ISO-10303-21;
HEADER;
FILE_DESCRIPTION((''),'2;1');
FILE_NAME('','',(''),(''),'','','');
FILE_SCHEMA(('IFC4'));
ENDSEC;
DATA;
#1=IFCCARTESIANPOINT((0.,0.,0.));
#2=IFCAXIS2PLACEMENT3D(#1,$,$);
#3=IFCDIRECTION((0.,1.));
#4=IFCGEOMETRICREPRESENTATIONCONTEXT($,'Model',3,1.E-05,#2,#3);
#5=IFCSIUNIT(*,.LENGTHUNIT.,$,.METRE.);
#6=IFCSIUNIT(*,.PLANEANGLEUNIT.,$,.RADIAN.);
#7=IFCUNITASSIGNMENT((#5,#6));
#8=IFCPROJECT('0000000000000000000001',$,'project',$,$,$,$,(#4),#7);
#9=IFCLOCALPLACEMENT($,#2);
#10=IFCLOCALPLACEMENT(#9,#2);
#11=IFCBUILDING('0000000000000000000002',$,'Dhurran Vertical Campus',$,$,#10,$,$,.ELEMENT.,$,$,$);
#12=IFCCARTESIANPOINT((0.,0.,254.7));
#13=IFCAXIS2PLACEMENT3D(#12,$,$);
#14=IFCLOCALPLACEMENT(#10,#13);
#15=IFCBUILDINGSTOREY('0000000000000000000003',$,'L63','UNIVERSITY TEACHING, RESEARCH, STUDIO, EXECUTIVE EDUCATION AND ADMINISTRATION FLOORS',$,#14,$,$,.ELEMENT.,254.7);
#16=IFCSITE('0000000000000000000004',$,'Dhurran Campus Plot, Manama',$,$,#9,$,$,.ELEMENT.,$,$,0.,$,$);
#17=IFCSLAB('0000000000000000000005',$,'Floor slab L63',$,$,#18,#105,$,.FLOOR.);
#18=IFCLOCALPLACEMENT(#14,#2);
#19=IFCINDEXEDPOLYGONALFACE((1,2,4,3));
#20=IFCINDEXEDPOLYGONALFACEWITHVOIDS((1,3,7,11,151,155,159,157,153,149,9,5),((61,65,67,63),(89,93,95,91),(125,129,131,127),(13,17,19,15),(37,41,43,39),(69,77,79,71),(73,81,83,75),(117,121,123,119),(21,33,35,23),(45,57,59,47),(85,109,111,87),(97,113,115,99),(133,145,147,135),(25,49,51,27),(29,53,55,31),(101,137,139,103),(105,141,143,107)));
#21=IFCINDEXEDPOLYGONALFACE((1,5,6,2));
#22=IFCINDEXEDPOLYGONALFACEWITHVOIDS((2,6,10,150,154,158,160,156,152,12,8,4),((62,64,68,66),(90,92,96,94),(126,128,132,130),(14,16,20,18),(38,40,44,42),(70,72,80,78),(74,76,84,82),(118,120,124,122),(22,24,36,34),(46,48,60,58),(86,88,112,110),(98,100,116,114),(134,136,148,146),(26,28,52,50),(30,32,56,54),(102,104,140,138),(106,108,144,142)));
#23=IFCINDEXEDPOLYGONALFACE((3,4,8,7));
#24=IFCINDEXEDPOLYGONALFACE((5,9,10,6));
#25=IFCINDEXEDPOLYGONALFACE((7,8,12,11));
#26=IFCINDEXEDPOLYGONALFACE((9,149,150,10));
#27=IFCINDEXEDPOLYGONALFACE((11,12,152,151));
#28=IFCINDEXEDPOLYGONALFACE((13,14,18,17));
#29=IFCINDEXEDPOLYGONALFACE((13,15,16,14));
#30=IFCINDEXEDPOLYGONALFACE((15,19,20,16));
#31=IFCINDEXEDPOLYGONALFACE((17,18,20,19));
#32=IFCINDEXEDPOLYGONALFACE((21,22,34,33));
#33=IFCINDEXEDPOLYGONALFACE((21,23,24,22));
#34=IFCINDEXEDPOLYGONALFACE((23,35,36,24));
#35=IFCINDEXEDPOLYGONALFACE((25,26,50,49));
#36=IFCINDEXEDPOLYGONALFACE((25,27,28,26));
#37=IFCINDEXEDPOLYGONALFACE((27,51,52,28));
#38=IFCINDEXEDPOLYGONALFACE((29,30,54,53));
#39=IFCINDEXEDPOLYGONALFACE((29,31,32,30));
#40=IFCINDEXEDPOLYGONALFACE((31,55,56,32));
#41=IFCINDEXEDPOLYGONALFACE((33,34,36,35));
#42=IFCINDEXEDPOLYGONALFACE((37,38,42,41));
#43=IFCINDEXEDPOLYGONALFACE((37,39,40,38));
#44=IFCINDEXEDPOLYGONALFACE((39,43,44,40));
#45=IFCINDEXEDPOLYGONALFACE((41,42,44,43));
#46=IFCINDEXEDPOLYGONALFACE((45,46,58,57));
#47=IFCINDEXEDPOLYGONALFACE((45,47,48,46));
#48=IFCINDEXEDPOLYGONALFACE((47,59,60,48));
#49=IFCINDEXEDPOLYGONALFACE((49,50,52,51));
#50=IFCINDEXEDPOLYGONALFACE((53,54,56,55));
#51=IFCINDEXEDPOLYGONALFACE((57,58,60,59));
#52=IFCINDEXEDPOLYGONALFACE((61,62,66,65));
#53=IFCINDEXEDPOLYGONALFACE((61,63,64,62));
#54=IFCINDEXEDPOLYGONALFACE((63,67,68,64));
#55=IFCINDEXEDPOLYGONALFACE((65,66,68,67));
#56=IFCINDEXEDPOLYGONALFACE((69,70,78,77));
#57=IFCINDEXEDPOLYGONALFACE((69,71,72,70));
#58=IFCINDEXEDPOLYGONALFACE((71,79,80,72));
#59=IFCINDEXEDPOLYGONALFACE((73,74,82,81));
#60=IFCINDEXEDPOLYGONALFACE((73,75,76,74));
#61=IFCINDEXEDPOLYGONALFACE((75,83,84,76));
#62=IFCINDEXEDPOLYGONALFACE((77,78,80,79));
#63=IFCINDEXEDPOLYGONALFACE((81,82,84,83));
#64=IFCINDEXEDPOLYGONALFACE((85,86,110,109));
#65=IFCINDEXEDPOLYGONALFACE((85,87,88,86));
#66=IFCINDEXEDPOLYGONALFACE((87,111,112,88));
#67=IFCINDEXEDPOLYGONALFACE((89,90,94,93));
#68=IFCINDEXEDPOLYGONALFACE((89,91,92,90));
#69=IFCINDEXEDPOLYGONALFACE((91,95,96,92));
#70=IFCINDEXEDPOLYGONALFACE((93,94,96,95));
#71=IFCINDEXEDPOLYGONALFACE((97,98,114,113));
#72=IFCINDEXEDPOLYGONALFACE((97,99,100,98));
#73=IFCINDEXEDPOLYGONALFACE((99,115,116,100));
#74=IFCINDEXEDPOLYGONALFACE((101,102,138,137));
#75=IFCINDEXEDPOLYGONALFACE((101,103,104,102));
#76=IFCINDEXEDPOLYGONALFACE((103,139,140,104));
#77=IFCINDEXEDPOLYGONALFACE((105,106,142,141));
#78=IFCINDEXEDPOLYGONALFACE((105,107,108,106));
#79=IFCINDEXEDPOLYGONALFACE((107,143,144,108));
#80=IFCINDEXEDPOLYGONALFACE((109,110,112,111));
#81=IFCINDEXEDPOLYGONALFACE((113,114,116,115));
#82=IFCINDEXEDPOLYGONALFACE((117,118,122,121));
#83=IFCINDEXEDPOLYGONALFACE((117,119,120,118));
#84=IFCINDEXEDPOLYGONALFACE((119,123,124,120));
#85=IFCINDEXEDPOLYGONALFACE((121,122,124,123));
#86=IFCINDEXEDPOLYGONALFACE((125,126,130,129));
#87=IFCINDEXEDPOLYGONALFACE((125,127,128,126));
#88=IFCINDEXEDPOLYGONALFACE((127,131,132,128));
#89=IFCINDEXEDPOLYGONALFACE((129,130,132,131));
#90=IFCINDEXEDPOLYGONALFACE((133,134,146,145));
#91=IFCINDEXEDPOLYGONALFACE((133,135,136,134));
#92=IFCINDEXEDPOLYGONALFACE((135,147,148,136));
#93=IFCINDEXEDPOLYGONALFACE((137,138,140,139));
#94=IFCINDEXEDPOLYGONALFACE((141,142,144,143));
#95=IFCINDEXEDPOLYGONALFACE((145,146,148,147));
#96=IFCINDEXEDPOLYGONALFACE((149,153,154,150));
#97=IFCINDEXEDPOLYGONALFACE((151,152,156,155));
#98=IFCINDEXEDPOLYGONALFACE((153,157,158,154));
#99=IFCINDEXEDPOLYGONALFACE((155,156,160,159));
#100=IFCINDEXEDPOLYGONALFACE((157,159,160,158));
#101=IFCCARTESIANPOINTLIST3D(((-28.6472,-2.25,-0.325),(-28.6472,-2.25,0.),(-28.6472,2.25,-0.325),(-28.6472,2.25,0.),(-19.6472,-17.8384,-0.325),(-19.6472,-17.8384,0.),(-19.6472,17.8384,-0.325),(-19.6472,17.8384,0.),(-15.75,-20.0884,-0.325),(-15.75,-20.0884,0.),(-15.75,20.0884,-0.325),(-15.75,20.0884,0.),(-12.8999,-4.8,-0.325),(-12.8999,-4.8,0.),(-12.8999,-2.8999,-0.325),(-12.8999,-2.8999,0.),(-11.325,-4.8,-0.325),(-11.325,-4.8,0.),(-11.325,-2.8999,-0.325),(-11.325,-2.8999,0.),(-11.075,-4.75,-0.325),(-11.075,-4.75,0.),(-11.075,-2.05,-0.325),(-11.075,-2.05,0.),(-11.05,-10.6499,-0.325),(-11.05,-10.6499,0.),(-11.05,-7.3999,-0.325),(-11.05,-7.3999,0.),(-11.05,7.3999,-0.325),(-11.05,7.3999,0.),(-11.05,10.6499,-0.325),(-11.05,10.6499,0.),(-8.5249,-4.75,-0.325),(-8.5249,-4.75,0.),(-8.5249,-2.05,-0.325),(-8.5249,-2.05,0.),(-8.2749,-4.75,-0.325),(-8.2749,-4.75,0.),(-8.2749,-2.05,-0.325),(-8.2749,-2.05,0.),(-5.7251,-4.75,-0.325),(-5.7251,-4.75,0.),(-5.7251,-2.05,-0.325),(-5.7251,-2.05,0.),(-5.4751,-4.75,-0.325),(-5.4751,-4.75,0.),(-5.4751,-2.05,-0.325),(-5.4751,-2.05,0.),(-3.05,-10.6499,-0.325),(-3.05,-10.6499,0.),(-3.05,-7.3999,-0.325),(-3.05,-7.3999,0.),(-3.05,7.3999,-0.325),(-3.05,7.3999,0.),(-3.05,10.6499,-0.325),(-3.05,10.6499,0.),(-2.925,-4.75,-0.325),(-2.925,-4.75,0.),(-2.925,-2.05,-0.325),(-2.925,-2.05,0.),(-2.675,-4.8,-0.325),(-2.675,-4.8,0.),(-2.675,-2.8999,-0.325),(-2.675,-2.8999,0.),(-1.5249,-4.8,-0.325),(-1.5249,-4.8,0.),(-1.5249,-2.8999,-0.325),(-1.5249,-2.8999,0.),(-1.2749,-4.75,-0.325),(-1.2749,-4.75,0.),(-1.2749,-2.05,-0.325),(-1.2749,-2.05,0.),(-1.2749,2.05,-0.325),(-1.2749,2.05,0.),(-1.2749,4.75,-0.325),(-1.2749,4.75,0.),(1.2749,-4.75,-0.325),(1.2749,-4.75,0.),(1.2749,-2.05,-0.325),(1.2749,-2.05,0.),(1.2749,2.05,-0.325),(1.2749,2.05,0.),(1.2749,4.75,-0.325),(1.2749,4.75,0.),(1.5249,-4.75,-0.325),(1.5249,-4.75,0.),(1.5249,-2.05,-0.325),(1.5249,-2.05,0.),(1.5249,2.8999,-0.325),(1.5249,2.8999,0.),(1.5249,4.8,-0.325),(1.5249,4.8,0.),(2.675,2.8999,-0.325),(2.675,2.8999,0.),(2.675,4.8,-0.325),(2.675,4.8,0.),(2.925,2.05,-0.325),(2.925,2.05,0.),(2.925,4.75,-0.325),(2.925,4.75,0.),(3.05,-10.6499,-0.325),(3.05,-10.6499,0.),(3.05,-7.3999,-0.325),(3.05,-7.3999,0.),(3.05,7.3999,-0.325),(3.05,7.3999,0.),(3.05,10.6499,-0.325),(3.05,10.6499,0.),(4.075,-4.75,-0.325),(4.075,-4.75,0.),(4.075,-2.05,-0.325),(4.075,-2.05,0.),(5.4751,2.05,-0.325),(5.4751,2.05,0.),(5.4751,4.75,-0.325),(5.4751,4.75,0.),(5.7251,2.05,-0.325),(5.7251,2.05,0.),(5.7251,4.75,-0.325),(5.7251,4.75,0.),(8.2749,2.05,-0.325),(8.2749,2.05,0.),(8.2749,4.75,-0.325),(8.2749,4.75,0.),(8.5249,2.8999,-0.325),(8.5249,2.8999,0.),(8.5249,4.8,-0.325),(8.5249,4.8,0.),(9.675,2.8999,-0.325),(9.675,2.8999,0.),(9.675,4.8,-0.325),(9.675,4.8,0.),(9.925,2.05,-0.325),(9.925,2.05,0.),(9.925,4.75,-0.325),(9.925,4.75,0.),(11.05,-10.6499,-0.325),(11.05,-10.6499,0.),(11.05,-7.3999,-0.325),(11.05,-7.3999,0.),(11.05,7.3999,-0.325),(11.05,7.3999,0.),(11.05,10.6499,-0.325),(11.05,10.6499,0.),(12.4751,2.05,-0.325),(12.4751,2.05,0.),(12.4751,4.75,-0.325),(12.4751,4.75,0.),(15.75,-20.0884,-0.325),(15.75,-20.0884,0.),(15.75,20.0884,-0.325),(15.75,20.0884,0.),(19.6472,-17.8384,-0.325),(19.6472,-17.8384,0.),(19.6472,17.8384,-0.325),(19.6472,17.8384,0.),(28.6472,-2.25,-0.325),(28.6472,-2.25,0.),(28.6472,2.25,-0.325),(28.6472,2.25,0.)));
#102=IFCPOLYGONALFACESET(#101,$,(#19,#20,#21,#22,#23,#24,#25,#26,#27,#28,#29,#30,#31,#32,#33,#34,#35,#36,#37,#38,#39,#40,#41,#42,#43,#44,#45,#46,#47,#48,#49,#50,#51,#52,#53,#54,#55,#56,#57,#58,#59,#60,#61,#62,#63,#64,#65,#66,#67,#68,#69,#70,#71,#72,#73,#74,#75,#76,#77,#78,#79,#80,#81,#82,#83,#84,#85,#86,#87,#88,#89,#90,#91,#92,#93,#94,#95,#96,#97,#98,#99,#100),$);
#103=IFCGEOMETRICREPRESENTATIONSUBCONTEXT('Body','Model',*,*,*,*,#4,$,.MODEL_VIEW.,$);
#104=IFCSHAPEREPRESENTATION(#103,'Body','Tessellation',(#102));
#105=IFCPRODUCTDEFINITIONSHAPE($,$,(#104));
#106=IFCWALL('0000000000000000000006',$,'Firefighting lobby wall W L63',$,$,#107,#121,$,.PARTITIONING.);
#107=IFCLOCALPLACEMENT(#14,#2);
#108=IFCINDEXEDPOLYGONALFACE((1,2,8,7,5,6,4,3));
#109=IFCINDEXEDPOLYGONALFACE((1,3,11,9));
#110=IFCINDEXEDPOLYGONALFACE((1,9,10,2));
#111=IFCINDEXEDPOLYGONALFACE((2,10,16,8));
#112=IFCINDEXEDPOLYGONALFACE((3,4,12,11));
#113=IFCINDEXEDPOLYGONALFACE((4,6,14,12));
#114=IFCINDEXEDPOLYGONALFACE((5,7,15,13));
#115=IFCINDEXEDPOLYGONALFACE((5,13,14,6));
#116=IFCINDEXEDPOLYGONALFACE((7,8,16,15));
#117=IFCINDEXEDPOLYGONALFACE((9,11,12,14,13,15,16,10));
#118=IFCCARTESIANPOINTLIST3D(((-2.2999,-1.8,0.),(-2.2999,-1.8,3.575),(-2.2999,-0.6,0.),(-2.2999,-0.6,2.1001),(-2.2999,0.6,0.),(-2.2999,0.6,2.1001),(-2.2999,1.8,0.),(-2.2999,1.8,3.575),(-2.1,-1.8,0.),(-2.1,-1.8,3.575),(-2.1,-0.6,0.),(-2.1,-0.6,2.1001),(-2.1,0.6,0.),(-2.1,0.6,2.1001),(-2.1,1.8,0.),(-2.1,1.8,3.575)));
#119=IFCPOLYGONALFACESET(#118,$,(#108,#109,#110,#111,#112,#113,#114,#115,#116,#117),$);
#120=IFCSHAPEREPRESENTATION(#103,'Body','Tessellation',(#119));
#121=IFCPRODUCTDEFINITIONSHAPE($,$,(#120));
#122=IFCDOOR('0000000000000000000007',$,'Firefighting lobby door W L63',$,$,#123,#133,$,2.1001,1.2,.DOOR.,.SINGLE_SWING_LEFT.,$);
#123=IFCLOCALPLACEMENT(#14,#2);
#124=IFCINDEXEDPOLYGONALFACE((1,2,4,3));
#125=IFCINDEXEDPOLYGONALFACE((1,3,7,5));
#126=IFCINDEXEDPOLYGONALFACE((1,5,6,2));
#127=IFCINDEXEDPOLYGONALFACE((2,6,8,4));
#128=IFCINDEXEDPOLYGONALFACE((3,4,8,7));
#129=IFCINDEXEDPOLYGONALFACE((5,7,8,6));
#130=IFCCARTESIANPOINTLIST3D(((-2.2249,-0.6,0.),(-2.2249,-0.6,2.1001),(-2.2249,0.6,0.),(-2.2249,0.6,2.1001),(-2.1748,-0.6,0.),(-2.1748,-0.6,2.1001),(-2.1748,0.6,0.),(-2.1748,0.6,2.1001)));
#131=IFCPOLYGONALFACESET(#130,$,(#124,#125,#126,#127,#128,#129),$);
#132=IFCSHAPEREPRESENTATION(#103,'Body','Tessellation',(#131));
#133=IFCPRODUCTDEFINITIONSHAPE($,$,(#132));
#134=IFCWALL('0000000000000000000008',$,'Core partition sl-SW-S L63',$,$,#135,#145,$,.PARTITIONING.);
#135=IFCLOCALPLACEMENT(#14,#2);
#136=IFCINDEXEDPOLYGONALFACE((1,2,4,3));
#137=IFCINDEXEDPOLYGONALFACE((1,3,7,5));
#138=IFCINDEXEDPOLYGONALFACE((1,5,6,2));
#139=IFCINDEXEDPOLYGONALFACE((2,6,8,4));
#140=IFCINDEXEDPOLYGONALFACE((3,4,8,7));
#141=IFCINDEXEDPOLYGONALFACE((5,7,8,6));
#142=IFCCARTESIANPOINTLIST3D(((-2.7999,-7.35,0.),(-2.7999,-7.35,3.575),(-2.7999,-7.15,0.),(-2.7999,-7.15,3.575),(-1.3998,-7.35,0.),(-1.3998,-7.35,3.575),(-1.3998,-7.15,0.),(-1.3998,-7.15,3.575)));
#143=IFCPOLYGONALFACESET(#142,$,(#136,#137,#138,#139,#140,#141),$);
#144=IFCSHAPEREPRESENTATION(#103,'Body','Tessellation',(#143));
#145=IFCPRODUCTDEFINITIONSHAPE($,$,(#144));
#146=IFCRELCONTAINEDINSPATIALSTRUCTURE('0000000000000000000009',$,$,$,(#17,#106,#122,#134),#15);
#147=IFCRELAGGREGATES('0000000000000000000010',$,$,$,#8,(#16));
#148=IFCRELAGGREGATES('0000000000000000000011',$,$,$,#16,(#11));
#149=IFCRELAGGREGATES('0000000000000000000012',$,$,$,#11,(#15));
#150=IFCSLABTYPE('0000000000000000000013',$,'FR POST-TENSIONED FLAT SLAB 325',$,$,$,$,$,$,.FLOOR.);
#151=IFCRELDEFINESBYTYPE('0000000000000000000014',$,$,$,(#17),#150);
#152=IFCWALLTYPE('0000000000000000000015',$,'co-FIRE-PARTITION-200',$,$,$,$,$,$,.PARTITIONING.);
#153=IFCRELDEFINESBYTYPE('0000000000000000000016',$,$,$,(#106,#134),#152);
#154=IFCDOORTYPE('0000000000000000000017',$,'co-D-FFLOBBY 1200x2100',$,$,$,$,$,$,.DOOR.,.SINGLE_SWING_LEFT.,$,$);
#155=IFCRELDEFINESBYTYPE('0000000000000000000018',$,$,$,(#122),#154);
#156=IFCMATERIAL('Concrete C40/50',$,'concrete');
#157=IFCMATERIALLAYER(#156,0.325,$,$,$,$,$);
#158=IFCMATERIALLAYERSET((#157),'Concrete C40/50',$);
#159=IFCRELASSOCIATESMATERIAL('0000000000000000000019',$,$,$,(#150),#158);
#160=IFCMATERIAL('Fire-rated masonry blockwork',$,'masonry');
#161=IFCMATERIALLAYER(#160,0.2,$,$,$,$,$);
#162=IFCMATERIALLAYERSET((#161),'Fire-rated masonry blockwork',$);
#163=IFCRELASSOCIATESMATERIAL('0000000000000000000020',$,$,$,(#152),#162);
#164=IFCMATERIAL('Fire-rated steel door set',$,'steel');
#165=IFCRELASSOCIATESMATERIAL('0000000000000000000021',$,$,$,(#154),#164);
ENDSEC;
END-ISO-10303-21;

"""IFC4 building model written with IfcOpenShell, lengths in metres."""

from ifc_helpers import new_model, si_unit, direction, frame, frame_2d, origin, place, context, subcontext, project, spatial, polyline, rectangle, outline, extrude, material, layer, layer_set, type_object, element, fill, save


model = new_model("IFC4")

# Units and contexts
model_context = context("Model", 3, precision=1e-05, world=origin(), true_north=direction((0.0, 1.0)))
body_context = subcontext(model_context, "Body", "Model", "MODEL_VIEW")
ifc_project = project(units=[si_unit("LENGTHUNIT", "METRE"), si_unit("PLANEANGLEUNIT", "RADIAN")], contexts=[model_context])

# Site, building, storey
site_placement = place(None, origin())
site = spatial("IfcSite", under=ifc_project, at=site_placement, Name="Dhurran Campus Plot, Manama", CompositionType="ELEMENT", RefElevation=0.0)
building_placement = place(site_placement, origin())
building = spatial("IfcBuilding", under=site, at=building_placement, Name="Dhurran Vertical Campus", CompositionType="ELEMENT")
storey_placement = place(building_placement, frame((0.0, 0.0, 254.7)))
storey = spatial("IfcBuildingStorey", under=building, at=storey_placement, Name="L63", Description="UNIVERSITY TEACHING, RESEARCH, STUDIO, EXECUTIVE EDUCATION AND ADMINISTRATION FLOORS", CompositionType="ELEMENT", Elevation=254.7)

# Slab
ifc_material_1 = material(Name="Concrete C40/50", Category="concrete")
ifc_layer_1 = layer(ifc_material_1, 0.325)
ifc_layer_set_1 = layer_set([ifc_layer_1], Name="Concrete C40/50")
slab_type = type_object("IfcSlabType", Name="FR POST-TENSIONED FLAT SLAB 325", PredefinedType="FLOOR", material=ifc_layer_set_1)
slab_placement = place(storey_placement, frame((0.0, 0.0, -0.325)))
element("IfcSlab", 1, at=slab_placement, inside=storey, type_object=slab_type, Name="Floor slab L63", PredefinedType="FLOOR", context=body_context, shape_type="SweptSolid", body=[
    extrude(outline(polyline([(-15.75, -20.0884), (15.75, -20.0884), (19.6472, -17.8384), (28.6472, -2.25), (28.6472, 2.25), (19.6472, 17.8384), (15.75, 20.0884), (-15.75, 20.0884), (-19.6472, 17.8384), (-28.6472, 2.25), (-28.6472, -2.25), (-19.6472, -17.8384), (-15.75, -20.0884)]), holes=[polyline([(-1.2749, 2.05), (1.2749, 2.05), (1.2749, 4.75), (-1.2749, 4.75), (-1.2749, 2.05)]), polyline([(9.925, 2.05), (12.4751, 2.05), (12.4751, 4.75), (9.925, 4.75), (9.925, 2.05)]), polyline([(-1.2749, -4.75), (1.2749, -4.75), (1.2749, -2.05), (-1.2749, -2.05), (-1.2749, -4.75)]), polyline([(1.5249, -4.75), (4.075, -4.75), (4.075, -2.05), (1.5249, -2.05), (1.5249, -4.75)]), polyline([(2.925, 2.05), (5.4751, 2.05), (5.4751, 4.75), (2.925, 4.75), (2.925, 2.05)]), polyline([(5.7251, 2.05), (8.2749, 2.05), (8.2749, 4.75), (5.7251, 4.75), (5.7251, 2.05)]), polyline([(-11.075, -4.75), (-8.5249, -4.75), (-8.5249, -2.05), (-11.075, -2.05), (-11.075, -4.75)]), polyline([(-8.2749, -4.75), (-5.7251, -4.75), (-5.7251, -2.05), (-8.2749, -2.05), (-8.2749, -4.75)]), polyline([(-5.4751, -4.75), (-2.925, -4.75), (-2.925, -2.05), (-5.4751, -2.05), (-5.4751, -4.75)]), polyline([(-11.05, 7.3999), (-3.05, 7.3999), (-3.05, 10.6499), (-11.05, 10.6499), (-11.05, 7.3999)]), polyline([(3.05, 7.3999), (11.05, 7.3999), (11.05, 10.6499), (3.05, 10.6499), (3.05, 7.3999)]), polyline([(-11.05, -10.6499), (-3.05, -10.6499), (-3.05, -7.3999), (-11.05, -7.3999), (-11.05, -10.6499)]), polyline([(3.05, -10.6499), (11.05, -10.6499), (11.05, -7.3999), (3.05, -7.3999), (3.05, -10.6499)]), polyline([(2.675, 2.8999), (1.5249, 2.8999), (1.5249, 4.8), (2.675, 4.8), (2.675, 2.8999)]), polyline([(-12.8999, -2.8999), (-11.325, -2.8999), (-11.325, -4.8), (-12.8999, -4.8), (-12.8999, -2.8999)]), polyline([(-2.675, -2.8999), (-1.5249, -2.8999), (-1.5249, -4.8), (-2.675, -4.8), (-2.675, -2.8999)]), polyline([(9.675, 2.8999), (8.5249, 2.8999), (8.5249, 4.8), (9.675, 4.8), (9.675, 2.8999)])]), origin(), (0.0, 0.0, 1.0), 0.325),
])

# Wall, opening, door
ifc_material_2 = material(Name="Fire-rated masonry blockwork", Category="masonry")
ifc_layer_2 = layer(ifc_material_2, 0.2)
ifc_layer_set_2 = layer_set([ifc_layer_2], Name="Fire-rated masonry blockwork")
wall_type_1 = type_object("IfcWallType", Name="co-FIRE-PARTITION-200", PredefinedType="PARTITIONING", material=ifc_layer_set_2)
wall_1_placement = place(storey_placement, frame((-2.2, -1.8, 0.0), z_axis=(0.0, 0.0, 1.0), x_axis=(0.0, 1.0, 0.0)))
wall_1 = element("IfcWall", 2, at=wall_1_placement, inside=storey, type_object=wall_type_1, Name="Firefighting lobby wall W L63", PredefinedType="PARTITIONING", context=body_context, shape_type="SweptSolid", body=[
    extrude(rectangle(XDim=3.6001, YDim=0.2, at=frame_2d((1.8, 0.0))), origin(), (0.0, 0.0, 1.0), 3.575),
])
opening_1_placement = place(wall_1_placement, frame((1.2, 0.0, 0.0)))
opening_1 = element("IfcOpeningElement", 3, at=opening_1_placement, cuts=wall_1, PredefinedType="OPENING", context=body_context, shape_type="SweptSolid", body=[
    extrude(rectangle(XDim=1.2, YDim=2.1001, at=frame_2d((0.6001, 1.05))), frame((0.0, 0.1099, 0.0), z_axis=(0.0, -1.0, 0.0), x_axis=(1.0, 0.0, 0.0)), (0.0, 0.0, 1.0), 0.22),
])
ifc_material_3 = material(Name="Fire-rated steel door set", Category="steel")
door_type_1 = type_object("IfcDoorType", Name="co-D-FFLOBBY 1200x2100", OperationType="SINGLE_SWING_LEFT", PredefinedType="DOOR", material=ifc_material_3)
door_1_placement = place(opening_1_placement, origin())
door_1 = element("IfcDoor", 4, at=door_1_placement, inside=storey, type_object=door_type_1, Name="Firefighting lobby door W L63", OperationType="SINGLE_SWING_LEFT", OverallHeight=2.1001, OverallWidth=1.2, PredefinedType="DOOR", context=body_context, shape_type="SweptSolid", body=[
    extrude(rectangle(XDim=1.2, YDim=2.1001, at=frame_2d((0.6001, 1.05))), frame((0.0, 0.0249, 0.0), z_axis=(0.0, -1.0, 0.0), x_axis=(1.0, 0.0, 0.0)), (0.0, 0.0, 1.0), 0.05),
])
fill(opening_1, door_1)

# Wall
wall_2_placement = place(storey_placement, frame((-2.8, -7.25, 0.0), z_axis=(0.0, 0.0, 1.0), x_axis=(1.0, 0.0, 0.0)))
element("IfcWall", 5, at=wall_2_placement, inside=storey, type_object=wall_type_1, Name="Core partition sl-SW-S L63", PredefinedType="PARTITIONING", context=body_context, shape_type="SweptSolid", body=[
    extrude(rectangle(XDim=1.4001, YDim=0.2, at=frame_2d((0.7002, 0.0))), origin(), (0.0, 0.0, 1.0), 3.575),
])

save(model, "model.ifc")
